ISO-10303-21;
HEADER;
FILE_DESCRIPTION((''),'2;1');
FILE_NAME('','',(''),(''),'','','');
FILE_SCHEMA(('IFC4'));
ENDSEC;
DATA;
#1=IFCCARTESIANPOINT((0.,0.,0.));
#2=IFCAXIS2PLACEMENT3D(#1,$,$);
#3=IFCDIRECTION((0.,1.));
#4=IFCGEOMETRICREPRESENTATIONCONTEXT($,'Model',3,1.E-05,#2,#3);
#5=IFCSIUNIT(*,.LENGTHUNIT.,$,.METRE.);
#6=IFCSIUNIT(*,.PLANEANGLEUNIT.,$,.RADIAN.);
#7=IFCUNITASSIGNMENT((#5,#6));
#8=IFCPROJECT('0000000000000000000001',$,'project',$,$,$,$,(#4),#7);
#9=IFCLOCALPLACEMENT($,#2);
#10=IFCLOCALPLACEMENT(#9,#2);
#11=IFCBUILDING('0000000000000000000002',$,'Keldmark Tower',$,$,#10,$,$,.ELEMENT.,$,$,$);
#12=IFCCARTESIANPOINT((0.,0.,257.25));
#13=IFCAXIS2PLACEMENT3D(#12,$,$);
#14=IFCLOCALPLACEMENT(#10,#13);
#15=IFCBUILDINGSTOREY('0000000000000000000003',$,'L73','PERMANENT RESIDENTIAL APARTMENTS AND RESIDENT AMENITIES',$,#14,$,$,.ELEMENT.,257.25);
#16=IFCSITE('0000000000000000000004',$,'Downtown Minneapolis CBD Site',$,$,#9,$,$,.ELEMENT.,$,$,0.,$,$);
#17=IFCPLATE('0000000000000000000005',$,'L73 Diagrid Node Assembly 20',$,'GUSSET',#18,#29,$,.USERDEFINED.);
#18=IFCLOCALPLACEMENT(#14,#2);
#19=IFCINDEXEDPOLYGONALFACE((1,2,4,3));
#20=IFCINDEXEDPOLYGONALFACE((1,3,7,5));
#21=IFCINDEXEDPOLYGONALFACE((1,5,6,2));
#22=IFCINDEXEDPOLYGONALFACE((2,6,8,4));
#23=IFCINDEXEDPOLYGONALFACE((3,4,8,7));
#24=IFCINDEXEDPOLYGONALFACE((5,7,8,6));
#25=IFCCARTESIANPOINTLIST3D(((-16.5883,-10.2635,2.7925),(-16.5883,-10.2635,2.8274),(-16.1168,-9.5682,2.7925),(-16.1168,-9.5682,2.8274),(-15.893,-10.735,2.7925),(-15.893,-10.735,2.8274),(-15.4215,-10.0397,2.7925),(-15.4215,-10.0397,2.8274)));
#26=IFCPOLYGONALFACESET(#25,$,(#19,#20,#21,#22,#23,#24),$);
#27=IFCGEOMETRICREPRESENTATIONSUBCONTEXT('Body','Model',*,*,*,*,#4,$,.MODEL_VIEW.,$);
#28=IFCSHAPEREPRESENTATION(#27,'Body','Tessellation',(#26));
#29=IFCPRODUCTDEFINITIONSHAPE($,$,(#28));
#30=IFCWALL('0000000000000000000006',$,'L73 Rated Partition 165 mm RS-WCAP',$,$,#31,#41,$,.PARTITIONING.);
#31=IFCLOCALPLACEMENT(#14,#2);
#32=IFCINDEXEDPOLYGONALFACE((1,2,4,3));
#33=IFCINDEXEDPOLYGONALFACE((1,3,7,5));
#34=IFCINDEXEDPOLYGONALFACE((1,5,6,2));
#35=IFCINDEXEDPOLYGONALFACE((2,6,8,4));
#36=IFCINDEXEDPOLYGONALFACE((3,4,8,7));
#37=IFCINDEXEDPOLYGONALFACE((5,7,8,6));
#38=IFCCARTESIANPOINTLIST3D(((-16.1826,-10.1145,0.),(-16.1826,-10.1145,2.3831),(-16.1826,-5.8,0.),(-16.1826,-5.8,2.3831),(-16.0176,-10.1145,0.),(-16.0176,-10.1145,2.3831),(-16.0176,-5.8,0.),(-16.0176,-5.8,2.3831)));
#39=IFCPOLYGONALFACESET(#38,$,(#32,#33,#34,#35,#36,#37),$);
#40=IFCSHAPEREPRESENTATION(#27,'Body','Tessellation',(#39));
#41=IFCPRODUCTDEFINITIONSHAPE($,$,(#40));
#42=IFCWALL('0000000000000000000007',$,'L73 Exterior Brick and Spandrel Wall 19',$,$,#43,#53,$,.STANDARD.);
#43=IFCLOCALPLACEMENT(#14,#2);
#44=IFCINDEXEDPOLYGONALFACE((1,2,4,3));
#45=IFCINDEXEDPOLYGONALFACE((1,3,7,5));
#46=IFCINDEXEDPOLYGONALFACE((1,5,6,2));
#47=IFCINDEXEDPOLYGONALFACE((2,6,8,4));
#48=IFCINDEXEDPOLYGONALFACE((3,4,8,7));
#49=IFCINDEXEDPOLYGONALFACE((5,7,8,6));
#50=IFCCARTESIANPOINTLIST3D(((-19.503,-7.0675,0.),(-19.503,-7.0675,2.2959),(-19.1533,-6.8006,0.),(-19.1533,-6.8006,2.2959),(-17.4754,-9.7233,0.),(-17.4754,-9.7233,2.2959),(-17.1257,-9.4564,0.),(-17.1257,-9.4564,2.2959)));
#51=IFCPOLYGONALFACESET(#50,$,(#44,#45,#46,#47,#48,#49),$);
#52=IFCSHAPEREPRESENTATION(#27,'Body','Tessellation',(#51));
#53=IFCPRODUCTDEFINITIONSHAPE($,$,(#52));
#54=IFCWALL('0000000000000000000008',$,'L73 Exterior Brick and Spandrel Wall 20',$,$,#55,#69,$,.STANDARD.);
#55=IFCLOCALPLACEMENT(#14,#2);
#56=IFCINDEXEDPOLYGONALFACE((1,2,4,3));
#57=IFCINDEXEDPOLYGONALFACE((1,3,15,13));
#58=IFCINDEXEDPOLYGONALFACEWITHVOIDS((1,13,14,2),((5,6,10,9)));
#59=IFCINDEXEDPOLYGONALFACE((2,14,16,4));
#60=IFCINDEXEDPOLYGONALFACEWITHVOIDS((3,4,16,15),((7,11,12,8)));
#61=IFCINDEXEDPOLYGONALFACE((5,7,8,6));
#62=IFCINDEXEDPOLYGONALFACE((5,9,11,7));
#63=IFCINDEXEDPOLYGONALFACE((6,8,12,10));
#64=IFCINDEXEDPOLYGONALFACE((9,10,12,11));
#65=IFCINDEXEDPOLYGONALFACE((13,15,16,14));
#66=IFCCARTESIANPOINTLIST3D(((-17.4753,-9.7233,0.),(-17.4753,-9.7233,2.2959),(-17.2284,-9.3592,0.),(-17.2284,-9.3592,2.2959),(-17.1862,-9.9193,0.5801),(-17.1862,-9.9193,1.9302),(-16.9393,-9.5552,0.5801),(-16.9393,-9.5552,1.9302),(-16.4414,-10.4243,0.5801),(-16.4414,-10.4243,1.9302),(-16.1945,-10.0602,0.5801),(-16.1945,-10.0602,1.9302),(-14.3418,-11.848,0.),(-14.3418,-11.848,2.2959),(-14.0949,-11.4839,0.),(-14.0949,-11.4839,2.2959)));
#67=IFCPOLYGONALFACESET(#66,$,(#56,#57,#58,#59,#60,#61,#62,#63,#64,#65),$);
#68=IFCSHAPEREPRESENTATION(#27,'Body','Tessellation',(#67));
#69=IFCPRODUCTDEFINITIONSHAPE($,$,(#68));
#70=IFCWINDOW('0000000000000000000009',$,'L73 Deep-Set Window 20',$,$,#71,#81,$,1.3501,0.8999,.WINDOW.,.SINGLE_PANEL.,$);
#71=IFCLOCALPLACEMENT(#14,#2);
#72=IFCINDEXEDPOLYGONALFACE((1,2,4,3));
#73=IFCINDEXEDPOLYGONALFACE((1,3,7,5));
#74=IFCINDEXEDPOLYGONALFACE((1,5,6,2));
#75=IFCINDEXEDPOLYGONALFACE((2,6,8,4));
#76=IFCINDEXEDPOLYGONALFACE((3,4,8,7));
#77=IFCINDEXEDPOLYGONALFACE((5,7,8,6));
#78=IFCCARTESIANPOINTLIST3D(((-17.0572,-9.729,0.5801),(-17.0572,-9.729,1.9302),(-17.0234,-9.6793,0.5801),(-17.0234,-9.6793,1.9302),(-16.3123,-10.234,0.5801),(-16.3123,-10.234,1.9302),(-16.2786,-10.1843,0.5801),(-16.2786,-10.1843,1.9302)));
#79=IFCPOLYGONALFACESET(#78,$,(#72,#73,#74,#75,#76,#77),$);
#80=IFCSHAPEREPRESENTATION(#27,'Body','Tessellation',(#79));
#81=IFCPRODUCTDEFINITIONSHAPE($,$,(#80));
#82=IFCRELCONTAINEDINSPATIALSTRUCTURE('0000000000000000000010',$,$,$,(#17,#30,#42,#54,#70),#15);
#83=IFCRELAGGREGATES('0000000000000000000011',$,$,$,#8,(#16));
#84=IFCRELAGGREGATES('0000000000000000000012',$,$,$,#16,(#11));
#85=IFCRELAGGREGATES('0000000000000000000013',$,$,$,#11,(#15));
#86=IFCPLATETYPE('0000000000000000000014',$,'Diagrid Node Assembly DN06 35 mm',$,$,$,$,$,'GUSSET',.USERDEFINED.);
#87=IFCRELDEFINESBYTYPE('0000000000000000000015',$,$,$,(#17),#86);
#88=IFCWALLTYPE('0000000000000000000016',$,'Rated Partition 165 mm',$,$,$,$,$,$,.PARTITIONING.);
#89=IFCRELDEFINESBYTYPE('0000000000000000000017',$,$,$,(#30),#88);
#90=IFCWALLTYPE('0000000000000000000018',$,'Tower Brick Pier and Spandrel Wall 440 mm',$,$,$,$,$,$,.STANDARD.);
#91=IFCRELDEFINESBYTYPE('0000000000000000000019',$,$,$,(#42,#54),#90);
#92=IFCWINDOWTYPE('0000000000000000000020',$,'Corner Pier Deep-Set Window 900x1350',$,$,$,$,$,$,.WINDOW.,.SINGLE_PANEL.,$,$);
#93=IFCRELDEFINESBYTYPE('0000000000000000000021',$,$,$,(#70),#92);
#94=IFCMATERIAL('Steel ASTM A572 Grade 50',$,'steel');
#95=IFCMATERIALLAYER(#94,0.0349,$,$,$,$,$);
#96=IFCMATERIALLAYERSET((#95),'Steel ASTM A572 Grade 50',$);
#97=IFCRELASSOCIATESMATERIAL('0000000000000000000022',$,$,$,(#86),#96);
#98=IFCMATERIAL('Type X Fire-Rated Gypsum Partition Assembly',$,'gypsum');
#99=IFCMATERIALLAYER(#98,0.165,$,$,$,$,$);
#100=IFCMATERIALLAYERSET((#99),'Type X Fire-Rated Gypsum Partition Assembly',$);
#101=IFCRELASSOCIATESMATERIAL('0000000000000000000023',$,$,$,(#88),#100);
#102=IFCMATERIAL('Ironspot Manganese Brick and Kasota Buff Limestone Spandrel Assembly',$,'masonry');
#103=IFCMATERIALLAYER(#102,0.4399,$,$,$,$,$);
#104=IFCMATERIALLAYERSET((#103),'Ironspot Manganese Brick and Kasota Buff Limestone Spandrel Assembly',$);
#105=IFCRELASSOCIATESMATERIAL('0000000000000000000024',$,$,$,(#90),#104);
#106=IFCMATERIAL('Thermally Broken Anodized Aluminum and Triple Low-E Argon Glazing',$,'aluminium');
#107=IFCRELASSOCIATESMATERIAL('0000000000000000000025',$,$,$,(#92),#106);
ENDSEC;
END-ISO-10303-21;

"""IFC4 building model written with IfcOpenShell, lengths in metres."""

from ifc_helpers import new_model, si_unit, direction, frame, frame_2d, origin, origin_2d, place, context, subcontext, project, spatial, rectangle, extrude, material, layer, layer_set, type_object, element, fill, save


model = new_model("IFC4")

# Units and contexts
model_context = context("Model", 3, precision=1e-05, world=origin(), true_north=direction((0.0, 1.0)))
body_context = subcontext(model_context, "Body", "Model", "MODEL_VIEW")
ifc_project = project(units=[si_unit("LENGTHUNIT", "METRE"), si_unit("PLANEANGLEUNIT", "RADIAN")], contexts=[model_context])

# Site, building, storey
site_placement = place(None, origin())
site = spatial("IfcSite", under=ifc_project, at=site_placement, Name="Downtown Minneapolis CBD Site", CompositionType="ELEMENT", RefElevation=0.0)
building_placement = place(site_placement, origin())
building = spatial("IfcBuilding", under=site, at=building_placement, Name="Keldmark Tower", CompositionType="ELEMENT")
storey_placement = place(building_placement, frame((0.0, 0.0, 257.25)))
storey = spatial("IfcBuildingStorey", under=building, at=storey_placement, Name="L73", Description="PERMANENT RESIDENTIAL APARTMENTS AND RESIDENT AMENITIES", CompositionType="ELEMENT", Elevation=257.25)

# Plate
ifc_material_1 = material(Name="Steel ASTM A572 Grade 50", Category="steel")
ifc_layer_1 = layer(ifc_material_1, 0.0349)
ifc_layer_set_1 = layer_set([ifc_layer_1], Name="Steel ASTM A572 Grade 50")
plate_type = type_object("IfcPlateType", Name="Diagrid Node Assembly DN06 35 mm", ElementType="GUSSET", PredefinedType="USERDEFINED", material=ifc_layer_set_1)
for number, where, z_axis, x_axis, name in (
    (1, (-16.0049, -10.1516, 2.7925), (0.0, 0.0, 1.0), (0.827669, -0.561217, 0.0), "L73 Diagrid Node Assembly 20"),
):
    element("IfcPlate", number, at=place(storey_placement, frame(where, z_axis=z_axis, x_axis=x_axis)), inside=storey, type_object=plate_type, Name=name, ObjectType="GUSSET", PredefinedType="USERDEFINED", context=body_context, shape_type="SweptSolid", body=[
        extrude(rectangle(XDim=0.8401, YDim=0.8401, at=origin_2d()), origin(), (0.0, 0.0, 1.0), 0.0349),
    ])

# Walls
ifc_material_2 = material(Name="Type X Fire-Rated Gypsum Partition Assembly", Category="gypsum")
ifc_layer_2 = layer(ifc_material_2, 0.165)
ifc_layer_set_2 = layer_set([ifc_layer_2], Name="Type X Fire-Rated Gypsum Partition Assembly")
wall_type_1 = type_object("IfcWallType", Name="Rated Partition 165 mm", PredefinedType="PARTITIONING", material=ifc_layer_set_2)
wall_1_placement = place(storey_placement, frame((-16.1001, -10.1145, 0.0), z_axis=(0.0, 0.0, 1.0), x_axis=(0.0, 1.0, 0.0)))
element("IfcWall", 2, at=wall_1_placement, inside=storey, type_object=wall_type_1, Name="L73 Rated Partition 165 mm RS-WCAP", PredefinedType="PARTITIONING", context=body_context, shape_type="SweptSolid", body=[
    extrude(rectangle(XDim=4.3145, YDim=0.165, at=frame_2d((2.1572, 0.0))), origin(), (0.0, 0.0, 1.0), 2.3831),
])
ifc_material_3 = material(Name="Ironspot Manganese Brick and Kasota Buff Limestone Spandrel Assembly", Category="masonry")
ifc_layer_3 = layer(ifc_material_3, 0.4399)
ifc_layer_set_3 = layer_set([ifc_layer_3], Name="Ironspot Manganese Brick and Kasota Buff Limestone Spandrel Assembly")
wall_type_2 = type_object("IfcWallType", Name="Tower Brick Pier and Spandrel Wall 440 mm", PredefinedType="STANDARD", material=ifc_layer_set_3)
wall_2_placement = place(storey_placement, frame((-17.3005, -9.5898, 0.0), z_axis=(0.0, 0.0, 1.0), x_axis=(-0.606829, 0.794833, 0.0)))
element("IfcWall", 3, at=wall_2_placement, inside=storey, type_object=wall_type_2, Name="L73 Exterior Brick and Spandrel Wall 19", PredefinedType="STANDARD", context=body_context, shape_type="SweptSolid", body=[
    extrude(rectangle(XDim=3.3413, YDim=0.4399, at=frame_2d((1.6707, 0.0))), origin(), (0.0, 0.0, 1.0), 2.2959),
])

# Wall, opening, window
wall_3_placement = place(storey_placement, frame((-14.2183, -11.666, 0.0), z_axis=(0.0, 0.0, 1.0), x_axis=(-0.827669, 0.561216, 0.0)))
wall_3 = element("IfcWall", 4, at=wall_3_placement, inside=storey, type_object=wall_type_2, Name="L73 Exterior Brick and Spandrel Wall 20", PredefinedType="STANDARD", context=body_context, shape_type="SweptSolid", body=[
    extrude(rectangle(XDim=3.7859, YDim=0.4399, at=frame_2d((1.8931, 0.0))), origin(), (0.0, 0.0, 1.0), 2.2959),
])
opening_placement = place(wall_3_placement, frame((2.5369, 0.0, 0.5801)))
opening = element("IfcOpeningElement", 5, at=opening_placement, cuts=wall_3, PredefinedType="OPENING", context=body_context, shape_type="SweptSolid", body=[
    extrude(rectangle(XDim=0.8999, YDim=1.3501, at=frame_2d((0.45, 0.675))), frame((0.0, 0.23, 0.0), z_axis=(0.0, -1.0, 0.0), x_axis=(1.0, 0.0, 0.0)), (0.0, 0.0, 1.0), 0.46),
])
ifc_material_4 = material(Name="Thermally Broken Anodized Aluminum and Triple Low-E Argon Glazing", Category="aluminium")
window_type = type_object("IfcWindowType", Name="Corner Pier Deep-Set Window 900x1350", PartitioningType="SINGLE_PANEL", PredefinedType="WINDOW", material=ifc_material_4)
window_placement = place(opening_placement, origin())
window = element("IfcWindow", 6, at=window_placement, inside=storey, type_object=window_type, Name="L73 Deep-Set Window 20", OverallHeight=1.3501, OverallWidth=0.8999, PartitioningType="SINGLE_PANEL", PredefinedType="WINDOW", context=body_context, shape_type="SweptSolid", body=[
    extrude(rectangle(XDim=0.8999, YDim=1.3501, at=frame_2d((0.45, 0.675))), frame((0.0, -0.01, 0.0), z_axis=(0.0, -1.0, 0.0), x_axis=(1.0, 0.0, 0.0)), (0.0, 0.0, 1.0), 0.0601),
])
fill(opening, window)

save(model, "model.ifc")
